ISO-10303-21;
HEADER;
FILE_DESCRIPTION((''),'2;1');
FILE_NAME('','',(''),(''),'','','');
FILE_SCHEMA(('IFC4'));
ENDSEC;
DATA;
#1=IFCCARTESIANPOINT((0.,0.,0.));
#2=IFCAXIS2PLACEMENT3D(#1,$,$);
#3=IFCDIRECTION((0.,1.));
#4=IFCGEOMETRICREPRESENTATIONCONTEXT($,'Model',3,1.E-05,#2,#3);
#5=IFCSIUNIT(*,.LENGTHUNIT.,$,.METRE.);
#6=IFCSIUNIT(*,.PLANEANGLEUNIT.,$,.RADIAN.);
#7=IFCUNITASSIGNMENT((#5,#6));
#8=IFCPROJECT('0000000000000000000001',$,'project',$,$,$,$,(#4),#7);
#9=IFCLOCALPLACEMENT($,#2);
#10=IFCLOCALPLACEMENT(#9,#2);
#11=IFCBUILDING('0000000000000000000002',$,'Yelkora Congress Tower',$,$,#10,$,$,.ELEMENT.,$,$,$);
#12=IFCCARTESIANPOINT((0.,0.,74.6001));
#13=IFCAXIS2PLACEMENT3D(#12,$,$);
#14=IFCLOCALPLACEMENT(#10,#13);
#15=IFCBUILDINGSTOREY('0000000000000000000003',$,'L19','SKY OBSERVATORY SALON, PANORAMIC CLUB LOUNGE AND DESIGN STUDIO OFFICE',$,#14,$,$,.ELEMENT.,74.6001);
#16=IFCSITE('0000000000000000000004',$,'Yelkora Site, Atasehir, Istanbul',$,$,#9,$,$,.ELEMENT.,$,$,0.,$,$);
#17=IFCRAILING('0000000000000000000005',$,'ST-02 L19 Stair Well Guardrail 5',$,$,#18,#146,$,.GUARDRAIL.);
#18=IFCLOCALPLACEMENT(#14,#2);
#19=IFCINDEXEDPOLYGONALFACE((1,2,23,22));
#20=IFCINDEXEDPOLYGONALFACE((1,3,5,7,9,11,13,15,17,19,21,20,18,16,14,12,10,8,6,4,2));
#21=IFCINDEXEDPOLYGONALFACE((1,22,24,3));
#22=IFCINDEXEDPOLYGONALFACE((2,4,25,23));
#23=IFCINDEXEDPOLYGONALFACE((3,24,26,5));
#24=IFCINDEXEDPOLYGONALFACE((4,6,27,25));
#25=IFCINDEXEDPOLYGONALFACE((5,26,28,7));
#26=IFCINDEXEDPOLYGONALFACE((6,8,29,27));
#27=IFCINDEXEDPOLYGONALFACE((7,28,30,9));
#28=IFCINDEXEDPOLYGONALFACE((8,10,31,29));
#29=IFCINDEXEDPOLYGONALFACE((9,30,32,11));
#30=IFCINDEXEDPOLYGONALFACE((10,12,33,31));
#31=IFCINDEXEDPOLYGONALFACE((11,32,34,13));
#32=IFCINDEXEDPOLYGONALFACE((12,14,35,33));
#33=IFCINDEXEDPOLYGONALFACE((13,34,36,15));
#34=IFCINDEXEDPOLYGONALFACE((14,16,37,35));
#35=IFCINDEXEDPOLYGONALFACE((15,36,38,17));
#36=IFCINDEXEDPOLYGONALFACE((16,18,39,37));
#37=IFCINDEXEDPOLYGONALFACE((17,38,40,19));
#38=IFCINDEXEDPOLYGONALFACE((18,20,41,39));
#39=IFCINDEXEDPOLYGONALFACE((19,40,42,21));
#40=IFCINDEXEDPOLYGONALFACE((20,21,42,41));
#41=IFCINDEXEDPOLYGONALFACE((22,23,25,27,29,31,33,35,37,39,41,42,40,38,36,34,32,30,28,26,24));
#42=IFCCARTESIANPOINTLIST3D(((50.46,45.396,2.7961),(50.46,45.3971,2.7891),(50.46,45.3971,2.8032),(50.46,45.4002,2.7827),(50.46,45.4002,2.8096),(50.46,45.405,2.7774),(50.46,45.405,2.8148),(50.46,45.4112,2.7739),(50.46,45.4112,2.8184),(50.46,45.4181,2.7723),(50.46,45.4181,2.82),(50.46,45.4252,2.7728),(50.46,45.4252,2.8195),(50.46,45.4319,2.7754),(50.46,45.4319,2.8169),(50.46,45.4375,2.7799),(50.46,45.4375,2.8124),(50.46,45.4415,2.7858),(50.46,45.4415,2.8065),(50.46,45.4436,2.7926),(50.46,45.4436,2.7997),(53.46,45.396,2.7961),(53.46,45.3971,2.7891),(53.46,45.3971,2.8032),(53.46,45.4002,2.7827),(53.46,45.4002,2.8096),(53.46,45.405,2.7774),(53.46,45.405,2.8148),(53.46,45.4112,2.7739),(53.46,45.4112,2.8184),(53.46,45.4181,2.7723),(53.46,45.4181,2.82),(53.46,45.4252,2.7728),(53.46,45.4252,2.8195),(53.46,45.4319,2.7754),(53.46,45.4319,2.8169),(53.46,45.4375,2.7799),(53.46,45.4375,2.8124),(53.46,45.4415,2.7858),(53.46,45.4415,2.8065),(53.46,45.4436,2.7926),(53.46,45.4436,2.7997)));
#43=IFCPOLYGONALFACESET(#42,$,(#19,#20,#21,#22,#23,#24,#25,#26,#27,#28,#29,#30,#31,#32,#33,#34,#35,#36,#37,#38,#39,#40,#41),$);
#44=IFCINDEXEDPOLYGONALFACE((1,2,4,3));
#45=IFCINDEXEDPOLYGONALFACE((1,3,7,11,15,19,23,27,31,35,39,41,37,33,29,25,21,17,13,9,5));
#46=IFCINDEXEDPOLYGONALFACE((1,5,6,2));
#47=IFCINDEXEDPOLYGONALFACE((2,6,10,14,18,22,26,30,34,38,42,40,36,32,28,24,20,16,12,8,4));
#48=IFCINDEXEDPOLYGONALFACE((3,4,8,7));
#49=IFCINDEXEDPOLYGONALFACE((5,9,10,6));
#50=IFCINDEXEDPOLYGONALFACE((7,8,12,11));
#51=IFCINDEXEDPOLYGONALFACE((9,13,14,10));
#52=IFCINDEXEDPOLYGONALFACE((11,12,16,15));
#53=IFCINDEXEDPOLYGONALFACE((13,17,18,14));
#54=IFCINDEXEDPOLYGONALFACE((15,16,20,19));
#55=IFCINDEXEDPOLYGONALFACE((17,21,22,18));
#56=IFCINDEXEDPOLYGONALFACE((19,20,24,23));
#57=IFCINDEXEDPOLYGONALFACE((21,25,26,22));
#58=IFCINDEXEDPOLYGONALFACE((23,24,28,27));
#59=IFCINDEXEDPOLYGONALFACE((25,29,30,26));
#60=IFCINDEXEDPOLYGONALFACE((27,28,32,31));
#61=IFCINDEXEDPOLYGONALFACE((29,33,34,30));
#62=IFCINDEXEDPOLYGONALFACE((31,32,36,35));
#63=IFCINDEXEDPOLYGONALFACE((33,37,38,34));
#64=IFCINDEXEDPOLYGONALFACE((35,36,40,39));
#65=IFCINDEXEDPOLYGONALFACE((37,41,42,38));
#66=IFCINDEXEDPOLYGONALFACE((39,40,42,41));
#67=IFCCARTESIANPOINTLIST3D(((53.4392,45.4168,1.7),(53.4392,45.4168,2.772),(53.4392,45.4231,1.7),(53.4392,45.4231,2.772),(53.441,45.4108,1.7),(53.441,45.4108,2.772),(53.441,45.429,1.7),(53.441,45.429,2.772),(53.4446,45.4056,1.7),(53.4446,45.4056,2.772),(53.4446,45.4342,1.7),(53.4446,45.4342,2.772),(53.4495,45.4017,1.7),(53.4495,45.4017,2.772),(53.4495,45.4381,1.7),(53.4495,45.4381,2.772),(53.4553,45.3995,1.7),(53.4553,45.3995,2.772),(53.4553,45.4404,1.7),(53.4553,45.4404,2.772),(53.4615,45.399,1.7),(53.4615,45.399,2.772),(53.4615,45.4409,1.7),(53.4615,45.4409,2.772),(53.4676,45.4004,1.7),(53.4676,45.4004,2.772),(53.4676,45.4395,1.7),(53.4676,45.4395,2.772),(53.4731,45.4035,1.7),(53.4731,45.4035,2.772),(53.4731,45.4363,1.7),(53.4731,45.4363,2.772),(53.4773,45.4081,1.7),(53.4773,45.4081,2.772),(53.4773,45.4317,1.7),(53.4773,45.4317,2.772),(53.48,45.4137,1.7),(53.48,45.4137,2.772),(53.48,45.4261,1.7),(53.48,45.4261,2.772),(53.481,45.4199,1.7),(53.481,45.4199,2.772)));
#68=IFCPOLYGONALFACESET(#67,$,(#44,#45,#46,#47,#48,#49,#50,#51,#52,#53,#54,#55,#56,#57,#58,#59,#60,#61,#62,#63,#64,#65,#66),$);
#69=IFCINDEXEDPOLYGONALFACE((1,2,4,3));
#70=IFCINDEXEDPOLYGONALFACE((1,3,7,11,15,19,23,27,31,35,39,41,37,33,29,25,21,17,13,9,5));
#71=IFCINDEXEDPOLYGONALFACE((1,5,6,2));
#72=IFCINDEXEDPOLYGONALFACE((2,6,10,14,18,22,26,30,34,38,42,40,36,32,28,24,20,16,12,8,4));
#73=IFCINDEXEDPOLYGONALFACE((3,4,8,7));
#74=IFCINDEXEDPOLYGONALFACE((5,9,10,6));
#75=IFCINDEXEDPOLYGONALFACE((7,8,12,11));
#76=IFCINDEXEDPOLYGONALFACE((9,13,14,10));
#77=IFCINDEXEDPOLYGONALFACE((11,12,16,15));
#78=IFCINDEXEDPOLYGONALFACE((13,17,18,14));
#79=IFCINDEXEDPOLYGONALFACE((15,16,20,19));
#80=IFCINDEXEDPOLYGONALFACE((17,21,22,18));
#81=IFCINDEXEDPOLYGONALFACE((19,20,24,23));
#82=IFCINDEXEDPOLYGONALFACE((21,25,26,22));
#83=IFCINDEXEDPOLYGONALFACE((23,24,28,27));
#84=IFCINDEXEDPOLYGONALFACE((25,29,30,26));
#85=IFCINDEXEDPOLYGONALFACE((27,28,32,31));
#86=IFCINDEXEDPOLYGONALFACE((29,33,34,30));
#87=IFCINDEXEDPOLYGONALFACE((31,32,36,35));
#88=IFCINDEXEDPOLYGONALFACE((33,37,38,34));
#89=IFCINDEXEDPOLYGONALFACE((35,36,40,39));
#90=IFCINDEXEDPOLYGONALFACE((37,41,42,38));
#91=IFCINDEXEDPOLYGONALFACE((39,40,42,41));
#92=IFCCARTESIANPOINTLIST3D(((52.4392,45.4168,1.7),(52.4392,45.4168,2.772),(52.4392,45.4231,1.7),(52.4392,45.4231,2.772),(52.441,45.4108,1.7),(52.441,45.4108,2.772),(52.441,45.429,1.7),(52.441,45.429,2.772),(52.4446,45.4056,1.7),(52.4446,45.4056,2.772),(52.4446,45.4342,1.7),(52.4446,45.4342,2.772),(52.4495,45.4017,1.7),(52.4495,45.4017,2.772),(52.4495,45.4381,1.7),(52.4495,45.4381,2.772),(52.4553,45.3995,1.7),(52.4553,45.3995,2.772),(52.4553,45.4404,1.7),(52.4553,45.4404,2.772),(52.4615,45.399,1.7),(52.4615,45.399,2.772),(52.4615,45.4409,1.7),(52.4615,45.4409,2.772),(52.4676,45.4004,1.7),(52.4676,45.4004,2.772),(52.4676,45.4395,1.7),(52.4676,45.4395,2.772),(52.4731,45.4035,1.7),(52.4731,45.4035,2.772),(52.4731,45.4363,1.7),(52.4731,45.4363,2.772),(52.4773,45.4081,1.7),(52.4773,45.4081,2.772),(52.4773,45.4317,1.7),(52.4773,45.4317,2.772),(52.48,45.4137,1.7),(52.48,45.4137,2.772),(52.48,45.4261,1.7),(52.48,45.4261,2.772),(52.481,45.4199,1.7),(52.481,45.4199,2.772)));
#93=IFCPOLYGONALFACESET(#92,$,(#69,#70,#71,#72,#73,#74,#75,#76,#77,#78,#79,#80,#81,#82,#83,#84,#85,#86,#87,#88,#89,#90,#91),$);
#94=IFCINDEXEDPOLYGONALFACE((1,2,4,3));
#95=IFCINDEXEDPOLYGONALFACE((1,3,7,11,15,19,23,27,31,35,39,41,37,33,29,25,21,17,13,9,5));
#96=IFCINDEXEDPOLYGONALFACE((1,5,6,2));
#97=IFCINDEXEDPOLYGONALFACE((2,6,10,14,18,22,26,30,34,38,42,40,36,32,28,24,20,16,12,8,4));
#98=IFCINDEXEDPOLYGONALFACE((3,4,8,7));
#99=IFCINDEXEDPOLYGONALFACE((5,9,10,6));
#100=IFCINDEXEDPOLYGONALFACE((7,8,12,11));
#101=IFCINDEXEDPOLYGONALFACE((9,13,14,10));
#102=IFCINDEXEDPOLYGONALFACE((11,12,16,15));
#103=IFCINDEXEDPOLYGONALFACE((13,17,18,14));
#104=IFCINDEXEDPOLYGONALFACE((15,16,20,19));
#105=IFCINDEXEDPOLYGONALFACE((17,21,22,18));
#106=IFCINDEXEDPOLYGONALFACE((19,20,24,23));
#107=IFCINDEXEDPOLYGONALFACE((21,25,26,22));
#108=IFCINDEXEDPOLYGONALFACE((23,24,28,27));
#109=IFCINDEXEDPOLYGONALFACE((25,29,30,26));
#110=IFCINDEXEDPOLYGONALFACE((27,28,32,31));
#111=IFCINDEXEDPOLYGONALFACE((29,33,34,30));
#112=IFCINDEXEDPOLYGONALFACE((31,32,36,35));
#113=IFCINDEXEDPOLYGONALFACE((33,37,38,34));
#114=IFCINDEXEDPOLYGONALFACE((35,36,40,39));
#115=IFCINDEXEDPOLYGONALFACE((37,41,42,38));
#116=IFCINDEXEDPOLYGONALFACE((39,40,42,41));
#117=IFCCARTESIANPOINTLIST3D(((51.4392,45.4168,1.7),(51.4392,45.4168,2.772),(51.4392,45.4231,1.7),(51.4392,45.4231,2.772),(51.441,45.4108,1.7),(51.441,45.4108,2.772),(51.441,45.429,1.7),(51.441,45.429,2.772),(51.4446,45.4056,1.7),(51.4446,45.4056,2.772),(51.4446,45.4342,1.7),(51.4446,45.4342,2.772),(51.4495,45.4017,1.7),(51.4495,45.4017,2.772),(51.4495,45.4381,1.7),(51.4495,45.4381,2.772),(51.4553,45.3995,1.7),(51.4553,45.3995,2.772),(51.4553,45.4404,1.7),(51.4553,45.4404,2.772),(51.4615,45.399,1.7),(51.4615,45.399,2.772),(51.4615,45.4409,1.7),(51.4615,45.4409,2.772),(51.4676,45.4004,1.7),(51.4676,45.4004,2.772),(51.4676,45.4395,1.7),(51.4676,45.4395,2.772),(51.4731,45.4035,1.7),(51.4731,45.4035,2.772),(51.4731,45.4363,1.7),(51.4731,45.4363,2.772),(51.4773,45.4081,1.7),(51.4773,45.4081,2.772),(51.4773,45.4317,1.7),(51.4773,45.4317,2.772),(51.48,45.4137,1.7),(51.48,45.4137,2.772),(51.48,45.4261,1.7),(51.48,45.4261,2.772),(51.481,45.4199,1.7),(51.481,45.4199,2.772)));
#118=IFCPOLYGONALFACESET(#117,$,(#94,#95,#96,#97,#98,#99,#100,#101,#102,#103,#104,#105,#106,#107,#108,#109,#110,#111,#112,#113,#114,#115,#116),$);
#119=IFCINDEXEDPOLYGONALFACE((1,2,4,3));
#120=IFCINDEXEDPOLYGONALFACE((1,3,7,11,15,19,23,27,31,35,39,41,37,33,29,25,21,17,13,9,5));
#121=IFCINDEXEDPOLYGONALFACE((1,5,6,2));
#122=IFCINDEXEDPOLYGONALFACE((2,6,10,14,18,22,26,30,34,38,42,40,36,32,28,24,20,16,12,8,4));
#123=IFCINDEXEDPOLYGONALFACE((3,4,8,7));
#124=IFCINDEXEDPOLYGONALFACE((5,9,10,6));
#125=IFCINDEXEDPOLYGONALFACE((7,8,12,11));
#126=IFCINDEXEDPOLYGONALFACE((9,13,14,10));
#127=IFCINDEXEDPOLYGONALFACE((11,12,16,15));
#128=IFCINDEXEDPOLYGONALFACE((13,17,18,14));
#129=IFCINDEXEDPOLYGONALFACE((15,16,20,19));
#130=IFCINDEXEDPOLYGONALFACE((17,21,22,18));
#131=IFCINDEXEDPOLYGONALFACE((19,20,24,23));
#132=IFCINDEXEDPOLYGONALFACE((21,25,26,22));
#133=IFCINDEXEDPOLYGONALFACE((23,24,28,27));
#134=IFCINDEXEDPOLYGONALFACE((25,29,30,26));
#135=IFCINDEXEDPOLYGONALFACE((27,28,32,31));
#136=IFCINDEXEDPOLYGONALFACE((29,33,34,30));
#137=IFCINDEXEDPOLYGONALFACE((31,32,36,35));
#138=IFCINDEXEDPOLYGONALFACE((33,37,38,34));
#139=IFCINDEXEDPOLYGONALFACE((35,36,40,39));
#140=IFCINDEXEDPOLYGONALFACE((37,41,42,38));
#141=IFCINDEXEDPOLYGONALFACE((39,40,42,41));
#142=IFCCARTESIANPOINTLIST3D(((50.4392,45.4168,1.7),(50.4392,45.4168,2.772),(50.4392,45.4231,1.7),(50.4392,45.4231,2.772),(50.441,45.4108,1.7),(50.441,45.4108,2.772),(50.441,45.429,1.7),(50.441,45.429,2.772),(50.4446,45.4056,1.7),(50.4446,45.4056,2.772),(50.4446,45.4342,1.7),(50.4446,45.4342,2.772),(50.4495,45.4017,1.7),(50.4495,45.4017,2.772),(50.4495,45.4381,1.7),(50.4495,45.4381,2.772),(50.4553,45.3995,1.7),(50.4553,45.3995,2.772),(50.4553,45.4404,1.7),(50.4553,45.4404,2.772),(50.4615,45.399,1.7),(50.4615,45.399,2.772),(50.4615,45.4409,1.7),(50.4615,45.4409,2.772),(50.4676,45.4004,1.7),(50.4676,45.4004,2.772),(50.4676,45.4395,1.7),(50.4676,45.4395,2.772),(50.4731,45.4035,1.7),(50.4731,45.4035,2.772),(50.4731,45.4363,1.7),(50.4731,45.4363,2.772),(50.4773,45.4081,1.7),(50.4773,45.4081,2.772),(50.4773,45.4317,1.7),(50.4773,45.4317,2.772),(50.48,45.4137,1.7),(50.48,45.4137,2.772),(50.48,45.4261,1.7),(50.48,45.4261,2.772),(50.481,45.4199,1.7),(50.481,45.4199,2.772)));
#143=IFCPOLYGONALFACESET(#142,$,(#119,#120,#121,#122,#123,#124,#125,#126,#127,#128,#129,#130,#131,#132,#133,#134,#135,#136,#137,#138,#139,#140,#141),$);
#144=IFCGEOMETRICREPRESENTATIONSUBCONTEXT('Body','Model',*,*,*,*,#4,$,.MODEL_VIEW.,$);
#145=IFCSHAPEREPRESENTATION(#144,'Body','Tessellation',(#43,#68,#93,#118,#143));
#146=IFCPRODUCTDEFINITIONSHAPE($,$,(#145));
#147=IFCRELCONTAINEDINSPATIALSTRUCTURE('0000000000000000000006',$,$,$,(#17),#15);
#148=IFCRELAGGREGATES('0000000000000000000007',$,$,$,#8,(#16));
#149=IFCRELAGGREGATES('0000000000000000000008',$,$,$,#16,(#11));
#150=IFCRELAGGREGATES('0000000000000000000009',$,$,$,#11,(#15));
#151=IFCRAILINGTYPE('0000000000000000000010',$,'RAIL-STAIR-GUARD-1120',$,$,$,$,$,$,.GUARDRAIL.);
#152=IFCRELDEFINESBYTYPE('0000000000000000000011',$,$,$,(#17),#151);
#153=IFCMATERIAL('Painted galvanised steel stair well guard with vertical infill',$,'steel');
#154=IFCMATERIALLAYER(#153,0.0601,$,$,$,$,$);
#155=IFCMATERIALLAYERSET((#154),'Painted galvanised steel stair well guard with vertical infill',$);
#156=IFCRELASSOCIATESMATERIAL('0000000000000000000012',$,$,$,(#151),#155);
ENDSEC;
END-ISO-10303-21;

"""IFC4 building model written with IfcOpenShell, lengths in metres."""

from ifc_helpers import new_model, si_unit, direction, frame, origin, origin_2d, place, context, subcontext, project, spatial, circle, extrude, material, layer, layer_set, type_object, element, save


model = new_model("IFC4")

# Units and contexts
model_context = context("Model", 3, precision=1e-05, world=origin(), true_north=direction((0.0, 1.0)))
body_context = subcontext(model_context, "Body", "Model", "MODEL_VIEW")
ifc_project = project(units=[si_unit("LENGTHUNIT", "METRE"), si_unit("PLANEANGLEUNIT", "RADIAN")], contexts=[model_context])

# Site, building, storey
site_placement = place(None, origin())
site = spatial("IfcSite", under=ifc_project, at=site_placement, Name="Yelkora Site, Atasehir, Istanbul", CompositionType="ELEMENT", RefElevation=0.0)
building_placement = place(site_placement, origin())
building = spatial("IfcBuilding", under=site, at=building_placement, Name="Yelkora Congress Tower", CompositionType="ELEMENT")
storey_placement = place(building_placement, frame((0.0, 0.0, 74.6001)))
storey = spatial("IfcBuildingStorey", under=building, at=storey_placement, Name="L19", Description="SKY OBSERVATORY SALON, PANORAMIC CLUB LOUNGE AND DESIGN STUDIO OFFICE", CompositionType="ELEMENT", Elevation=74.6001)

# Railing
ifc_material_1 = material(Name="Painted galvanised steel stair well guard with vertical infill", Category="steel")
ifc_layer_1 = layer(ifc_material_1, 0.0601)
ifc_layer_set_1 = layer_set([ifc_layer_1], Name="Painted galvanised steel stair well guard with vertical infill")
railing_type_1 = type_object("IfcRailingType", Name="RAIL-STAIR-GUARD-1120", PredefinedType="GUARDRAIL", material=ifc_layer_set_1)
railing_1_placement = place(storey_placement, frame((53.46, 45.4199, 1.7)))
element("IfcRailing", 1, at=railing_1_placement, inside=storey, type_object=railing_type_1, Name="ST-02 L19 Stair Well Guardrail 5", PredefinedType="GUARDRAIL", context=body_context, shape_type="SweptSolid", body=[
    extrude(circle(Radius=0.0239, at=origin_2d()), frame((0.0, 0.0, 1.0962), z_axis=(-1.0, 0.0, 0.0), x_axis=(0.0, -1.0, 0.0)), (0.0, 0.0, 1.0), 3.0),
    extrude(circle(Radius=0.021, at=origin_2d()), origin(), (0.0, 0.0, 1.0), 1.072),
    extrude(circle(Radius=0.021, at=origin_2d()), frame((-1.0, 0.0, 0.0)), (0.0, 0.0, 1.0), 1.072),
    extrude(circle(Radius=0.021, at=origin_2d()), frame((-2.0, 0.0, 0.0)), (0.0, 0.0, 1.0), 1.072),
    extrude(circle(Radius=0.021, at=origin_2d()), frame((-3.0, 0.0, 0.0)), (0.0, 0.0, 1.0), 1.072),
])

save(model, "model.ifc")
